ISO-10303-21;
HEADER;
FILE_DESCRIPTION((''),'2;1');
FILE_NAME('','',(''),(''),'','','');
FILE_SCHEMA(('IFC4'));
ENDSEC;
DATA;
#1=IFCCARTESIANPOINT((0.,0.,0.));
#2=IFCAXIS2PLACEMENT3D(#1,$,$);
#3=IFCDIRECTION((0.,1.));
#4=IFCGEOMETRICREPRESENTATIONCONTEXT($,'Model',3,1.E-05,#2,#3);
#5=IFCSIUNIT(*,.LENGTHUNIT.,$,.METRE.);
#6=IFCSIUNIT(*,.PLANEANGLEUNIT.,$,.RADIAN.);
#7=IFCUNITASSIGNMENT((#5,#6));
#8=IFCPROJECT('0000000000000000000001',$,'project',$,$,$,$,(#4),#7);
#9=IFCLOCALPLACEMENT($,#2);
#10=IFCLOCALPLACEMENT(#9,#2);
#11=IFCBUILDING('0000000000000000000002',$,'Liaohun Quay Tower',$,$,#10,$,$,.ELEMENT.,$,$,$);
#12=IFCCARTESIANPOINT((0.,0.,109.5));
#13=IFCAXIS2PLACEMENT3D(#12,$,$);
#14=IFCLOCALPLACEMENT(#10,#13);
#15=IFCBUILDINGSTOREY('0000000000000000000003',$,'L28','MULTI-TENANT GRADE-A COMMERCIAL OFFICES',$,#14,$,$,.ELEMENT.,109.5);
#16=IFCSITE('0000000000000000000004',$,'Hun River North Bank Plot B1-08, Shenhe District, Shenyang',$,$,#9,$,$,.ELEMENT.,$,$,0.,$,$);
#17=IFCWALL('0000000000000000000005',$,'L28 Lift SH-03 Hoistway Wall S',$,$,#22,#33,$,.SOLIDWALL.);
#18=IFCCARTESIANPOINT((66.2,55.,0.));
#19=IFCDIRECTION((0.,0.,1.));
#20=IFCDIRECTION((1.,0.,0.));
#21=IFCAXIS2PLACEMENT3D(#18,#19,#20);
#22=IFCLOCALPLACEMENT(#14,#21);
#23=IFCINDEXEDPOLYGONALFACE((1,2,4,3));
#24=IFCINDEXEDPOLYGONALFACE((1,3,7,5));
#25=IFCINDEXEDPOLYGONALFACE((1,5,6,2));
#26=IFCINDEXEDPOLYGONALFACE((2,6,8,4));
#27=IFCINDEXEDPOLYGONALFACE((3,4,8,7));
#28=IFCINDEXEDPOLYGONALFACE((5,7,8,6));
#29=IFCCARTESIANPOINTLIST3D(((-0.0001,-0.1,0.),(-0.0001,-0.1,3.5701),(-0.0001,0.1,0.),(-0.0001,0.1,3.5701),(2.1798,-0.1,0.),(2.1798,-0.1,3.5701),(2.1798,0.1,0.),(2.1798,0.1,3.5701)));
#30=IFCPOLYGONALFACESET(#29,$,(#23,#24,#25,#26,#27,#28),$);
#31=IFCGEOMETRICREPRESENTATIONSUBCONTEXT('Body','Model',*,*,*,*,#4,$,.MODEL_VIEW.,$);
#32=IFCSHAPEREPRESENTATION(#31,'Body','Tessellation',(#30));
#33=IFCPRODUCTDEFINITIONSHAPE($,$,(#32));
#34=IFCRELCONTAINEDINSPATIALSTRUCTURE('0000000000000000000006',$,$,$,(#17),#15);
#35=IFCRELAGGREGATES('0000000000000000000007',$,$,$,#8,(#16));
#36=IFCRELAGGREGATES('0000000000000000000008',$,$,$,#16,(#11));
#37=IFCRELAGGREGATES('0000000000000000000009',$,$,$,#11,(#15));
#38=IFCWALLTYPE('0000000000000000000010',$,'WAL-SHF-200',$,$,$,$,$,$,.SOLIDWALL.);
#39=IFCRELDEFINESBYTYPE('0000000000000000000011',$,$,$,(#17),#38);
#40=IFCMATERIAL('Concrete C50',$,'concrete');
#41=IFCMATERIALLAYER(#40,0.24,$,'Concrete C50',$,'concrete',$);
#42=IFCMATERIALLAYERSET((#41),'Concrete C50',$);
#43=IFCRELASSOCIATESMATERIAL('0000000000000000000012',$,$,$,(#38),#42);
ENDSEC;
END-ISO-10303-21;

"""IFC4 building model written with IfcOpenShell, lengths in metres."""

from ifc_helpers import new_model, si_unit, direction, frame, frame_2d, origin, place, context, subcontext, project, spatial, rectangle, extrude, material, layer, layer_set, type_object, element, save


model = new_model("IFC4")

# Units and contexts
model_context = context("Model", 3, precision=1e-05, world=origin(), true_north=direction((0.0, 1.0)))
body_context = subcontext(model_context, "Body", "Model", "MODEL_VIEW")
ifc_project = project(units=[si_unit("LENGTHUNIT", "METRE"), si_unit("PLANEANGLEUNIT", "RADIAN")], contexts=[model_context])

# Site, building, storey
site_placement = place(None, origin())
site = spatial("IfcSite", under=ifc_project, at=site_placement, Name="Hun River North Bank Plot B1-08, Shenhe District, Shenyang", CompositionType="ELEMENT", RefElevation=0.0)
building_placement = place(site_placement, origin())
building = spatial("IfcBuilding", under=site, at=building_placement, Name="Liaohun Quay Tower", CompositionType="ELEMENT")
storey_placement = place(building_placement, frame((0.0, 0.0, 109.5)))
storey = spatial("IfcBuildingStorey", under=building, at=storey_placement, Name="L28", Description="MULTI-TENANT GRADE-A COMMERCIAL OFFICES", CompositionType="ELEMENT", Elevation=109.5)

# Shared definitions
ifc_material_1 = material(Name="Concrete C50", Category="concrete")
ifc_layer_1 = layer(ifc_material_1, 0.24, Name="Concrete C50", Category="concrete")
ifc_layer_set_1 = layer_set([ifc_layer_1], Name="Concrete C50")
wall_type_1 = type_object("IfcWallType", Name="WAL-SHF-200", PredefinedType="SOLIDWALL", material=ifc_layer_set_1)

# Wall
wall_1_placement = place(storey_placement, frame((66.2, 55.0, 0.0), z_axis=(0.0, 0.0, 1.0), x_axis=(1.0, 0.0, 0.0)))
element("IfcWall", 1, at=wall_1_placement, inside=storey, type_object=wall_type_1, Name="L28 Lift SH-03 Hoistway Wall S", PredefinedType="SOLIDWALL", context=body_context, shape_type="SweptSolid", body=[
    extrude(rectangle(XDim=2.1799, YDim=0.2, at=frame_2d((1.0898, 0.0))), origin(), (0.0, 0.0, 1.0), 3.5701),
])

save(model, "model.ifc")
